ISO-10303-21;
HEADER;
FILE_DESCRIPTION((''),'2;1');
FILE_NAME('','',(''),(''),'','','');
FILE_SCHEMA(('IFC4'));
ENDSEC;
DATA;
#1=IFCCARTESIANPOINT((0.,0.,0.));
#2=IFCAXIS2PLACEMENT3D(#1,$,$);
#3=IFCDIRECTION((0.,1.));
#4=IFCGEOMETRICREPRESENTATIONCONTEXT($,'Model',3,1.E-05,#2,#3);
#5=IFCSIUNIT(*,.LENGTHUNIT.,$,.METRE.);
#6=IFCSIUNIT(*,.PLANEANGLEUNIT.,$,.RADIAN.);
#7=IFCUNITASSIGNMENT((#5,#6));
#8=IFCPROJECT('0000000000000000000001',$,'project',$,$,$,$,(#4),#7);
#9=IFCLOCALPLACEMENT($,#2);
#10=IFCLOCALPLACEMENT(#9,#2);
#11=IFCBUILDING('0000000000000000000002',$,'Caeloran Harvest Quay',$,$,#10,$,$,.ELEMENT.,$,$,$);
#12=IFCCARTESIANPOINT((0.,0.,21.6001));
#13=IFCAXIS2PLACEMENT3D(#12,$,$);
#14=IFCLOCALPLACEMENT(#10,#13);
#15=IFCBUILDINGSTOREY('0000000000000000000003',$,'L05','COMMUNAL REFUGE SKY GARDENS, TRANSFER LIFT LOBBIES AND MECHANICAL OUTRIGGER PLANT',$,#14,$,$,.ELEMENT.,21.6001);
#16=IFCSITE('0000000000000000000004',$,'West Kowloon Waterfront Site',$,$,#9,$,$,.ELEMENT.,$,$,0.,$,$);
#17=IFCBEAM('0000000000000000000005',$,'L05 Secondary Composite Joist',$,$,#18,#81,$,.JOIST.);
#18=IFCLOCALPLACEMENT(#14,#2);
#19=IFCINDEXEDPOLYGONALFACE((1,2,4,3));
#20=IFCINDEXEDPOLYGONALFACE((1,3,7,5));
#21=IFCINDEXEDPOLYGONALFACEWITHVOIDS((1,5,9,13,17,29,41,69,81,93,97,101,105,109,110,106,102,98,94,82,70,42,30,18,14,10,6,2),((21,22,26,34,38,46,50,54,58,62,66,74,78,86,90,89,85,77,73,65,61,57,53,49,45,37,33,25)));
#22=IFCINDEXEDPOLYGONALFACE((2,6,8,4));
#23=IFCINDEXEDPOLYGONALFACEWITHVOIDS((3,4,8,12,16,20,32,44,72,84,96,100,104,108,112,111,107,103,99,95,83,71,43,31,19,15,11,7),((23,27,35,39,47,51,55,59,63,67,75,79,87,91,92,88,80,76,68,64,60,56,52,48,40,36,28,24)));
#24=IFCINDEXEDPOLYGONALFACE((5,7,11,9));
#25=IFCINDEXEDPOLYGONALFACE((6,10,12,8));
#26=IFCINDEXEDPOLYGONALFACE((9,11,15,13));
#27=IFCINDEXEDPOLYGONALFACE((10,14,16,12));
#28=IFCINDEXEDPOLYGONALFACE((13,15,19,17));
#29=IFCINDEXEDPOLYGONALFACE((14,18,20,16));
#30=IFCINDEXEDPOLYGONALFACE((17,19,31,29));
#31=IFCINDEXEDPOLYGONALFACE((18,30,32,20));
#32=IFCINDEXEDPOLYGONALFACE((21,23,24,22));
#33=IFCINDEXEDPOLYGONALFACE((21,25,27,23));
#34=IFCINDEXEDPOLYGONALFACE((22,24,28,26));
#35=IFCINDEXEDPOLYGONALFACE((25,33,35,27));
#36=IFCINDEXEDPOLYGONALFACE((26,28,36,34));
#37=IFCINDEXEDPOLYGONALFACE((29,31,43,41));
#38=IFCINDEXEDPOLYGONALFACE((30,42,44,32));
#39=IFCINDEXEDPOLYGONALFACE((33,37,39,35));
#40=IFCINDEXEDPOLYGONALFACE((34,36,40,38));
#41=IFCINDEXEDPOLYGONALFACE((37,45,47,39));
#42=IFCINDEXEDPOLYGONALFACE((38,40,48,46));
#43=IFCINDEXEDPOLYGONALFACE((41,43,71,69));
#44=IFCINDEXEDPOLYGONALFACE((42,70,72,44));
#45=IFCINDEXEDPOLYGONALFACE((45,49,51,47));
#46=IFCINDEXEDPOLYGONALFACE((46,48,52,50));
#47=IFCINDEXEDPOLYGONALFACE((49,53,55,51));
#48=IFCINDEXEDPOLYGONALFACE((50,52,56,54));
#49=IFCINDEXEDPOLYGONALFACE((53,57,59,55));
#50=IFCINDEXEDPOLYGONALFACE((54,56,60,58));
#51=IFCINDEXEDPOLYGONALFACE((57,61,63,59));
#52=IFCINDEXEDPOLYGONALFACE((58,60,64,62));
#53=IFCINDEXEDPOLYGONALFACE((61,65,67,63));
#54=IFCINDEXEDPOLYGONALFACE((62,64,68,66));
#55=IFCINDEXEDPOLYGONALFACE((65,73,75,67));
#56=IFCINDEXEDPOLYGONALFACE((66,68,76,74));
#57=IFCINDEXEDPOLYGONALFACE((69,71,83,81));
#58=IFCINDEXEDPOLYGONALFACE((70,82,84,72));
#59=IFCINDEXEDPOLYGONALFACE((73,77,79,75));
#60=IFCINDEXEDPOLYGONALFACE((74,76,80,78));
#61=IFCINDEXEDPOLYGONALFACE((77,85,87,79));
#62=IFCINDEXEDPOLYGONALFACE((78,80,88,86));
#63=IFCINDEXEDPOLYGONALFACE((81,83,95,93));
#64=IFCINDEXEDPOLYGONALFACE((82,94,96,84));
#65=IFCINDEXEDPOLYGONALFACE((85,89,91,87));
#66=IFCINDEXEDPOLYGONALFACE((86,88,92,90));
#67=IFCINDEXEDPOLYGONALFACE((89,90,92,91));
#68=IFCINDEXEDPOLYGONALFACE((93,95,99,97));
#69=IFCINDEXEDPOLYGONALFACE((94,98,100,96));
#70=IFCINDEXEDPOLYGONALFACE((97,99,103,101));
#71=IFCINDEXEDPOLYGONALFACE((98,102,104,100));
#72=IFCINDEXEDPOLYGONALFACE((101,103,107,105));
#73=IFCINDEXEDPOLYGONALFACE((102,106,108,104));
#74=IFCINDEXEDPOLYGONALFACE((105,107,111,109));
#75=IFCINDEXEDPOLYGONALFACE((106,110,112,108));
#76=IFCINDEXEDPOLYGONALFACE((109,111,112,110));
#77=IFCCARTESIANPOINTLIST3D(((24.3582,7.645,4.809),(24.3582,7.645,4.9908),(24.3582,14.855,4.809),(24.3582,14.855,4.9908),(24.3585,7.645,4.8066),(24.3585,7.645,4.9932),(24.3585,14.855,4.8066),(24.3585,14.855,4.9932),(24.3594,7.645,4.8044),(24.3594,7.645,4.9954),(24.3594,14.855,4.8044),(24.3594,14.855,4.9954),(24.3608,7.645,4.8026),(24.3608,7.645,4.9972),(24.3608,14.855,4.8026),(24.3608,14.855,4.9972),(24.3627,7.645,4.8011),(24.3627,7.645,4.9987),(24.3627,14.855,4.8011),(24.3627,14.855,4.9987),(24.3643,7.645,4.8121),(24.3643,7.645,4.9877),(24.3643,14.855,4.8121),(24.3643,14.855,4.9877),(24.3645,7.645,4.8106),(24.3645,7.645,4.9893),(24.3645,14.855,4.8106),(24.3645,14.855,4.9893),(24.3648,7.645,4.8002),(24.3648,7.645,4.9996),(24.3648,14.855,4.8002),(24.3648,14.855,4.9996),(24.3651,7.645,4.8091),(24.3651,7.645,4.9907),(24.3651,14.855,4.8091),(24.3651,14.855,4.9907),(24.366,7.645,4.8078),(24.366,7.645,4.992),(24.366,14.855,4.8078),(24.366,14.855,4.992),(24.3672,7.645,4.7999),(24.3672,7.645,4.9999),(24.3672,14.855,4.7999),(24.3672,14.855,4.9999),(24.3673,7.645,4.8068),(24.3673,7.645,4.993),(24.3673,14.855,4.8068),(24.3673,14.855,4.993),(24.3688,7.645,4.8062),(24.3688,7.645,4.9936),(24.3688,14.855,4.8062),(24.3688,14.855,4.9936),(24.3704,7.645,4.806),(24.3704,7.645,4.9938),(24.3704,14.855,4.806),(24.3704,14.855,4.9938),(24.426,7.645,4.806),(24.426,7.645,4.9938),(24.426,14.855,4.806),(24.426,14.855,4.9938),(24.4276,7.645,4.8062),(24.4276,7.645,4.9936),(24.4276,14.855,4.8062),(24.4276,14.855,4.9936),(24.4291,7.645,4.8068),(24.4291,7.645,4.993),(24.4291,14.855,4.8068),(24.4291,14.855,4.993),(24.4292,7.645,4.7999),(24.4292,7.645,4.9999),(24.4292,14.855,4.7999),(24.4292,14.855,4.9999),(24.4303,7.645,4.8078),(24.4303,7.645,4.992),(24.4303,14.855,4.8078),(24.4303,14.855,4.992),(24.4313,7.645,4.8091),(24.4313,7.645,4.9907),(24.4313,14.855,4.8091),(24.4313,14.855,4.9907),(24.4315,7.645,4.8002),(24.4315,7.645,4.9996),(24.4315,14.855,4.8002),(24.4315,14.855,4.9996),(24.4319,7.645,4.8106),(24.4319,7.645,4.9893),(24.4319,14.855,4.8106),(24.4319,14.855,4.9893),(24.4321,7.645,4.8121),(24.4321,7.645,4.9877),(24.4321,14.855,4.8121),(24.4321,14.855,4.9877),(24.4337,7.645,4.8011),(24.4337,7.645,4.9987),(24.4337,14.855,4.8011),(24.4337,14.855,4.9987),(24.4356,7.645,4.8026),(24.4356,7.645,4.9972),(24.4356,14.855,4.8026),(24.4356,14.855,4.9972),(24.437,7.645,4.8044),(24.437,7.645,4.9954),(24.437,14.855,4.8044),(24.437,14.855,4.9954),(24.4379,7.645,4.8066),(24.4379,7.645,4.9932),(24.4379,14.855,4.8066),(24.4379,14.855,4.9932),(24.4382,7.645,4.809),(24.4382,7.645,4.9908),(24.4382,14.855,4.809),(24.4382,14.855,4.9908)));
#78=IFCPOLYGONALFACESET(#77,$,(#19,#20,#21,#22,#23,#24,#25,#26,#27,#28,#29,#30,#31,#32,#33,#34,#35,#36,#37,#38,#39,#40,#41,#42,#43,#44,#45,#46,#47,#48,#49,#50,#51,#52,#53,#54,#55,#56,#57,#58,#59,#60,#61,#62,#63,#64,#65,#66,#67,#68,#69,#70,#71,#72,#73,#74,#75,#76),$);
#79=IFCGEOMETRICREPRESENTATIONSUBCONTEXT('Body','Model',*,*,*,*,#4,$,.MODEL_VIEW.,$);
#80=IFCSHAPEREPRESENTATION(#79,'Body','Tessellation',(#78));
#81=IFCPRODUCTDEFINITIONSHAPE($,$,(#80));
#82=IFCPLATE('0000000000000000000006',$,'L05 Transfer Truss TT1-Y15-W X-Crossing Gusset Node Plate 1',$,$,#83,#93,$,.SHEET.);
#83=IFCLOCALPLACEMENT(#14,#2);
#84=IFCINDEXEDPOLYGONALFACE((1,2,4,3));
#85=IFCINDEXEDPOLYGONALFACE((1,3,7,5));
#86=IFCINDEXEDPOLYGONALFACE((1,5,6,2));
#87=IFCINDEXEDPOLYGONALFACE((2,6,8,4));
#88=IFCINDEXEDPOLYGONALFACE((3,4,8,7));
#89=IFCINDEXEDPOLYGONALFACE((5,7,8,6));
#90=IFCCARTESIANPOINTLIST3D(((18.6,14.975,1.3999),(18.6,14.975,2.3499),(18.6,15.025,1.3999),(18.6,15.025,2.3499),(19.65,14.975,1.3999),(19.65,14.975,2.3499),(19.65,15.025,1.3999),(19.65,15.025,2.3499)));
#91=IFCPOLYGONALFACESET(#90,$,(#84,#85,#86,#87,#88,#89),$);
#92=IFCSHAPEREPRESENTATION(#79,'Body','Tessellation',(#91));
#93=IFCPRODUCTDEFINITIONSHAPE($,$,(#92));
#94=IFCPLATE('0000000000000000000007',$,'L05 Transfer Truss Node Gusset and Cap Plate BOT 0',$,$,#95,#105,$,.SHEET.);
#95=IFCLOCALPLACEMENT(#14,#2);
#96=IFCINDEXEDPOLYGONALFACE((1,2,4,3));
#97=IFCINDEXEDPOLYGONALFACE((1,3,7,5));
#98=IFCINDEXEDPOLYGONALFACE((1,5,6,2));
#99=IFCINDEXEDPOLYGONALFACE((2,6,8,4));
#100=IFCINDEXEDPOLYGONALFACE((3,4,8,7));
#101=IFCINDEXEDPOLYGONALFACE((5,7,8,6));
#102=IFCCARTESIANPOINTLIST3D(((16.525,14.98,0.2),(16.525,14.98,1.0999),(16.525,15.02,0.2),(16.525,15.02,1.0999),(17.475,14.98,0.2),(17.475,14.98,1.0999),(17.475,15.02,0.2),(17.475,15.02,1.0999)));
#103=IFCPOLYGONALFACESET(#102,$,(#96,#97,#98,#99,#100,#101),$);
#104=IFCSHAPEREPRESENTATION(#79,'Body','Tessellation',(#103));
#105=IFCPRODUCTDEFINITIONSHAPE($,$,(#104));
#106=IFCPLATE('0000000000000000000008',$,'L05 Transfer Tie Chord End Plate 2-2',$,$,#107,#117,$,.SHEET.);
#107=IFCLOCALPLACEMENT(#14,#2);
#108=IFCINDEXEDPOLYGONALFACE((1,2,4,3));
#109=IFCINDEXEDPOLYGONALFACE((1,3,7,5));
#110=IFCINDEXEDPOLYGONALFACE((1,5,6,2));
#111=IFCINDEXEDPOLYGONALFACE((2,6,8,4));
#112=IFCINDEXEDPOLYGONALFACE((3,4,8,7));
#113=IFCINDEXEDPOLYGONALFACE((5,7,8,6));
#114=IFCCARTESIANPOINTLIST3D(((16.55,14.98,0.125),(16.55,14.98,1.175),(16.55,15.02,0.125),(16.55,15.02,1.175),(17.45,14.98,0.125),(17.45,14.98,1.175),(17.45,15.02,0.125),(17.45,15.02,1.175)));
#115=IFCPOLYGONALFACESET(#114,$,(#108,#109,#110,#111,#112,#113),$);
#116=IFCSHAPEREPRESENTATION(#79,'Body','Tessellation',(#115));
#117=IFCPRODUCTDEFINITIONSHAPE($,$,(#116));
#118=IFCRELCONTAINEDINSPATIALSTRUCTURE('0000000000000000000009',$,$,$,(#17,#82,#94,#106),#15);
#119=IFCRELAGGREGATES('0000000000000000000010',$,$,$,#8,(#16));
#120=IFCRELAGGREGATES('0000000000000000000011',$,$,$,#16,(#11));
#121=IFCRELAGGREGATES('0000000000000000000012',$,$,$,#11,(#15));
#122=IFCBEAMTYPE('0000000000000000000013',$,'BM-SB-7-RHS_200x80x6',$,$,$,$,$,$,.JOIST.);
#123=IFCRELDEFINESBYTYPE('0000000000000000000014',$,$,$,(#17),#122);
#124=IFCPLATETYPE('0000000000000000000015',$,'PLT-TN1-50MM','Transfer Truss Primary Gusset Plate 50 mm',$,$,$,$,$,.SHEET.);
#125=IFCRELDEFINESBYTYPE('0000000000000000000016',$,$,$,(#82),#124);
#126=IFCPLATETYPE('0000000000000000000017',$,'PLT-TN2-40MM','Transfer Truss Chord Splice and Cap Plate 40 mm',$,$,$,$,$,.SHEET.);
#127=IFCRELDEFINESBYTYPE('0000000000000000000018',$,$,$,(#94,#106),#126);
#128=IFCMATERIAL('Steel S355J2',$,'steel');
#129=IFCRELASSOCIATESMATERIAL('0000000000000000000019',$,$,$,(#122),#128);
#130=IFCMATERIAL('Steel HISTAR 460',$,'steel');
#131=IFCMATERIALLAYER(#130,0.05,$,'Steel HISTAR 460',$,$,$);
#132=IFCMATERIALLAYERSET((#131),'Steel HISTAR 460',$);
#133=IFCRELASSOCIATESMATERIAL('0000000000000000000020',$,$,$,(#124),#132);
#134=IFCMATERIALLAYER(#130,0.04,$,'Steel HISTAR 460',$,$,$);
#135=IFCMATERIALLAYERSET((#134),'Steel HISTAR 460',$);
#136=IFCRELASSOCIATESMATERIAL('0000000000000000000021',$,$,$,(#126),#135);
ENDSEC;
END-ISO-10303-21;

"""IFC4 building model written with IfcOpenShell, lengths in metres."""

from ifc_helpers import new_model, si_unit, direction, frame, origin, origin_2d, place, context, subcontext, project, spatial, rectangle, hollow_rectangle, extrude, material, layer, layer_set, material_profile, profile_set, type_object, element, save


model = new_model("IFC4")

# Units and contexts
model_context = context("Model", 3, precision=1e-05, world=origin(), true_north=direction((0.0, 1.0)))
body_context = subcontext(model_context, "Body", "Model", "MODEL_VIEW")
ifc_project = project(units=[si_unit("LENGTHUNIT", "METRE"), si_unit("PLANEANGLEUNIT", "RADIAN")], contexts=[model_context])

# Site, building, storey
site_placement = place(None, origin())
site = spatial("IfcSite", under=ifc_project, at=site_placement, Name="West Kowloon Waterfront Site", CompositionType="ELEMENT", RefElevation=0.0)
building_placement = place(site_placement, origin())
building = spatial("IfcBuilding", under=site, at=building_placement, Name="Caeloran Harvest Quay", CompositionType="ELEMENT")
storey_placement = place(building_placement, frame((0.0, 0.0, 21.6001)))
storey = spatial("IfcBuildingStorey", under=building, at=storey_placement, Name="L05", Description="COMMUNAL REFUGE SKY GARDENS, TRANSFER LIFT LOBBIES AND MECHANICAL OUTRIGGER PLANT", CompositionType="ELEMENT", Elevation=21.6001)

# Beam
ifc_material_1 = material(Name="Steel S355J2", Category="steel")
ifc_material_profile_1 = material_profile(ifc_material_1, hollow_rectangle(XDim=0.0801, YDim=0.2, WallThickness=0.0061, InnerFilletRadius=0.0061, OuterFilletRadius=0.009, at=origin_2d()), Name="RHS 200x80x6")
ifc_profile_set_1 = profile_set([ifc_material_profile_1], Name="Steel S355J2")
beam_type_1 = type_object("IfcBeamType", Name="BM-SB-7-RHS_200x80x6", PredefinedType="JOIST", material=ifc_profile_set_1)
for number, where, z_axis, x_axis, name in (
    (1, (24.3982, 7.645, 4.8999), (0.0, 1.0, 0.0), (-1.0, 0.0, 0.0), "L05 Secondary Composite Joist"),
):
    element("IfcBeam", number, at=place(storey_placement, frame(where, z_axis=z_axis, x_axis=x_axis)), inside=storey, type_object=beam_type_1, Name=name, PredefinedType="JOIST", context=body_context, shape_type="SweptSolid", body=[
        extrude(hollow_rectangle(XDim=0.0801, YDim=0.2, WallThickness=0.0061, InnerFilletRadius=0.0061, OuterFilletRadius=0.009, at=origin_2d()), origin(), (0.0, 0.0, 1.0), 7.21),
    ])

# Plates
ifc_material_2 = material(Name="Steel HISTAR 460", Category="steel")
ifc_layer_1 = layer(ifc_material_2, 0.05, Name="Steel HISTAR 460")
ifc_layer_set_1 = layer_set([ifc_layer_1], Name="Steel HISTAR 460")
plate_type_1 = type_object("IfcPlateType", Name="PLT-TN1-50MM", Description="Transfer Truss Primary Gusset Plate 50 mm", PredefinedType="SHEET", material=ifc_layer_set_1)
plate_1_placement = place(storey_placement, frame((19.125, 15.0, 1.3999), z_axis=(0.0, 0.0, 1.0), x_axis=(1.0, 0.0, 0.0)))
element("IfcPlate", 2, at=plate_1_placement, inside=storey, type_object=plate_type_1, Name="L05 Transfer Truss TT1-Y15-W X-Crossing Gusset Node Plate 1", PredefinedType="SHEET", context=body_context, shape_type="SweptSolid", body=[
    extrude(rectangle(XDim=1.05, YDim=0.05, at=origin_2d()), origin(), (0.0, 0.0, 1.0), 0.95),
])
ifc_layer_2 = layer(ifc_material_2, 0.04, Name="Steel HISTAR 460")
ifc_layer_set_2 = layer_set([ifc_layer_2], Name="Steel HISTAR 460")
plate_type_2 = type_object("IfcPlateType", Name="PLT-TN2-40MM", Description="Transfer Truss Chord Splice and Cap Plate 40 mm", PredefinedType="SHEET", material=ifc_layer_set_2)
plate_2_placement = place(storey_placement, frame((17.0, 15.0, 0.2), z_axis=(0.0, 0.0, 1.0), x_axis=(1.0, 0.0, 0.0)))
element("IfcPlate", 3, at=plate_2_placement, inside=storey, type_object=plate_type_2, Name="L05 Transfer Truss Node Gusset and Cap Plate BOT 0", PredefinedType="SHEET", context=body_context, shape_type="SweptSolid", body=[
    extrude(rectangle(XDim=0.95, YDim=0.04, at=origin_2d()), origin(), (0.0, 0.0, 1.0), 0.8999),
])
plate_3_placement = place(storey_placement, frame((17.0, 15.0, 0.125), z_axis=(0.0, 0.0, 1.0), x_axis=(1.0, 0.0, 0.0)))
element("IfcPlate", 4, at=plate_3_placement, inside=storey, type_object=plate_type_2, Name="L05 Transfer Tie Chord End Plate 2-2", PredefinedType="SHEET", context=body_context, shape_type="SweptSolid", body=[
    extrude(rectangle(XDim=0.8999, YDim=0.04, at=origin_2d()), origin(), (0.0, 0.0, 1.0), 1.05),
])

save(model, "model.ifc")
